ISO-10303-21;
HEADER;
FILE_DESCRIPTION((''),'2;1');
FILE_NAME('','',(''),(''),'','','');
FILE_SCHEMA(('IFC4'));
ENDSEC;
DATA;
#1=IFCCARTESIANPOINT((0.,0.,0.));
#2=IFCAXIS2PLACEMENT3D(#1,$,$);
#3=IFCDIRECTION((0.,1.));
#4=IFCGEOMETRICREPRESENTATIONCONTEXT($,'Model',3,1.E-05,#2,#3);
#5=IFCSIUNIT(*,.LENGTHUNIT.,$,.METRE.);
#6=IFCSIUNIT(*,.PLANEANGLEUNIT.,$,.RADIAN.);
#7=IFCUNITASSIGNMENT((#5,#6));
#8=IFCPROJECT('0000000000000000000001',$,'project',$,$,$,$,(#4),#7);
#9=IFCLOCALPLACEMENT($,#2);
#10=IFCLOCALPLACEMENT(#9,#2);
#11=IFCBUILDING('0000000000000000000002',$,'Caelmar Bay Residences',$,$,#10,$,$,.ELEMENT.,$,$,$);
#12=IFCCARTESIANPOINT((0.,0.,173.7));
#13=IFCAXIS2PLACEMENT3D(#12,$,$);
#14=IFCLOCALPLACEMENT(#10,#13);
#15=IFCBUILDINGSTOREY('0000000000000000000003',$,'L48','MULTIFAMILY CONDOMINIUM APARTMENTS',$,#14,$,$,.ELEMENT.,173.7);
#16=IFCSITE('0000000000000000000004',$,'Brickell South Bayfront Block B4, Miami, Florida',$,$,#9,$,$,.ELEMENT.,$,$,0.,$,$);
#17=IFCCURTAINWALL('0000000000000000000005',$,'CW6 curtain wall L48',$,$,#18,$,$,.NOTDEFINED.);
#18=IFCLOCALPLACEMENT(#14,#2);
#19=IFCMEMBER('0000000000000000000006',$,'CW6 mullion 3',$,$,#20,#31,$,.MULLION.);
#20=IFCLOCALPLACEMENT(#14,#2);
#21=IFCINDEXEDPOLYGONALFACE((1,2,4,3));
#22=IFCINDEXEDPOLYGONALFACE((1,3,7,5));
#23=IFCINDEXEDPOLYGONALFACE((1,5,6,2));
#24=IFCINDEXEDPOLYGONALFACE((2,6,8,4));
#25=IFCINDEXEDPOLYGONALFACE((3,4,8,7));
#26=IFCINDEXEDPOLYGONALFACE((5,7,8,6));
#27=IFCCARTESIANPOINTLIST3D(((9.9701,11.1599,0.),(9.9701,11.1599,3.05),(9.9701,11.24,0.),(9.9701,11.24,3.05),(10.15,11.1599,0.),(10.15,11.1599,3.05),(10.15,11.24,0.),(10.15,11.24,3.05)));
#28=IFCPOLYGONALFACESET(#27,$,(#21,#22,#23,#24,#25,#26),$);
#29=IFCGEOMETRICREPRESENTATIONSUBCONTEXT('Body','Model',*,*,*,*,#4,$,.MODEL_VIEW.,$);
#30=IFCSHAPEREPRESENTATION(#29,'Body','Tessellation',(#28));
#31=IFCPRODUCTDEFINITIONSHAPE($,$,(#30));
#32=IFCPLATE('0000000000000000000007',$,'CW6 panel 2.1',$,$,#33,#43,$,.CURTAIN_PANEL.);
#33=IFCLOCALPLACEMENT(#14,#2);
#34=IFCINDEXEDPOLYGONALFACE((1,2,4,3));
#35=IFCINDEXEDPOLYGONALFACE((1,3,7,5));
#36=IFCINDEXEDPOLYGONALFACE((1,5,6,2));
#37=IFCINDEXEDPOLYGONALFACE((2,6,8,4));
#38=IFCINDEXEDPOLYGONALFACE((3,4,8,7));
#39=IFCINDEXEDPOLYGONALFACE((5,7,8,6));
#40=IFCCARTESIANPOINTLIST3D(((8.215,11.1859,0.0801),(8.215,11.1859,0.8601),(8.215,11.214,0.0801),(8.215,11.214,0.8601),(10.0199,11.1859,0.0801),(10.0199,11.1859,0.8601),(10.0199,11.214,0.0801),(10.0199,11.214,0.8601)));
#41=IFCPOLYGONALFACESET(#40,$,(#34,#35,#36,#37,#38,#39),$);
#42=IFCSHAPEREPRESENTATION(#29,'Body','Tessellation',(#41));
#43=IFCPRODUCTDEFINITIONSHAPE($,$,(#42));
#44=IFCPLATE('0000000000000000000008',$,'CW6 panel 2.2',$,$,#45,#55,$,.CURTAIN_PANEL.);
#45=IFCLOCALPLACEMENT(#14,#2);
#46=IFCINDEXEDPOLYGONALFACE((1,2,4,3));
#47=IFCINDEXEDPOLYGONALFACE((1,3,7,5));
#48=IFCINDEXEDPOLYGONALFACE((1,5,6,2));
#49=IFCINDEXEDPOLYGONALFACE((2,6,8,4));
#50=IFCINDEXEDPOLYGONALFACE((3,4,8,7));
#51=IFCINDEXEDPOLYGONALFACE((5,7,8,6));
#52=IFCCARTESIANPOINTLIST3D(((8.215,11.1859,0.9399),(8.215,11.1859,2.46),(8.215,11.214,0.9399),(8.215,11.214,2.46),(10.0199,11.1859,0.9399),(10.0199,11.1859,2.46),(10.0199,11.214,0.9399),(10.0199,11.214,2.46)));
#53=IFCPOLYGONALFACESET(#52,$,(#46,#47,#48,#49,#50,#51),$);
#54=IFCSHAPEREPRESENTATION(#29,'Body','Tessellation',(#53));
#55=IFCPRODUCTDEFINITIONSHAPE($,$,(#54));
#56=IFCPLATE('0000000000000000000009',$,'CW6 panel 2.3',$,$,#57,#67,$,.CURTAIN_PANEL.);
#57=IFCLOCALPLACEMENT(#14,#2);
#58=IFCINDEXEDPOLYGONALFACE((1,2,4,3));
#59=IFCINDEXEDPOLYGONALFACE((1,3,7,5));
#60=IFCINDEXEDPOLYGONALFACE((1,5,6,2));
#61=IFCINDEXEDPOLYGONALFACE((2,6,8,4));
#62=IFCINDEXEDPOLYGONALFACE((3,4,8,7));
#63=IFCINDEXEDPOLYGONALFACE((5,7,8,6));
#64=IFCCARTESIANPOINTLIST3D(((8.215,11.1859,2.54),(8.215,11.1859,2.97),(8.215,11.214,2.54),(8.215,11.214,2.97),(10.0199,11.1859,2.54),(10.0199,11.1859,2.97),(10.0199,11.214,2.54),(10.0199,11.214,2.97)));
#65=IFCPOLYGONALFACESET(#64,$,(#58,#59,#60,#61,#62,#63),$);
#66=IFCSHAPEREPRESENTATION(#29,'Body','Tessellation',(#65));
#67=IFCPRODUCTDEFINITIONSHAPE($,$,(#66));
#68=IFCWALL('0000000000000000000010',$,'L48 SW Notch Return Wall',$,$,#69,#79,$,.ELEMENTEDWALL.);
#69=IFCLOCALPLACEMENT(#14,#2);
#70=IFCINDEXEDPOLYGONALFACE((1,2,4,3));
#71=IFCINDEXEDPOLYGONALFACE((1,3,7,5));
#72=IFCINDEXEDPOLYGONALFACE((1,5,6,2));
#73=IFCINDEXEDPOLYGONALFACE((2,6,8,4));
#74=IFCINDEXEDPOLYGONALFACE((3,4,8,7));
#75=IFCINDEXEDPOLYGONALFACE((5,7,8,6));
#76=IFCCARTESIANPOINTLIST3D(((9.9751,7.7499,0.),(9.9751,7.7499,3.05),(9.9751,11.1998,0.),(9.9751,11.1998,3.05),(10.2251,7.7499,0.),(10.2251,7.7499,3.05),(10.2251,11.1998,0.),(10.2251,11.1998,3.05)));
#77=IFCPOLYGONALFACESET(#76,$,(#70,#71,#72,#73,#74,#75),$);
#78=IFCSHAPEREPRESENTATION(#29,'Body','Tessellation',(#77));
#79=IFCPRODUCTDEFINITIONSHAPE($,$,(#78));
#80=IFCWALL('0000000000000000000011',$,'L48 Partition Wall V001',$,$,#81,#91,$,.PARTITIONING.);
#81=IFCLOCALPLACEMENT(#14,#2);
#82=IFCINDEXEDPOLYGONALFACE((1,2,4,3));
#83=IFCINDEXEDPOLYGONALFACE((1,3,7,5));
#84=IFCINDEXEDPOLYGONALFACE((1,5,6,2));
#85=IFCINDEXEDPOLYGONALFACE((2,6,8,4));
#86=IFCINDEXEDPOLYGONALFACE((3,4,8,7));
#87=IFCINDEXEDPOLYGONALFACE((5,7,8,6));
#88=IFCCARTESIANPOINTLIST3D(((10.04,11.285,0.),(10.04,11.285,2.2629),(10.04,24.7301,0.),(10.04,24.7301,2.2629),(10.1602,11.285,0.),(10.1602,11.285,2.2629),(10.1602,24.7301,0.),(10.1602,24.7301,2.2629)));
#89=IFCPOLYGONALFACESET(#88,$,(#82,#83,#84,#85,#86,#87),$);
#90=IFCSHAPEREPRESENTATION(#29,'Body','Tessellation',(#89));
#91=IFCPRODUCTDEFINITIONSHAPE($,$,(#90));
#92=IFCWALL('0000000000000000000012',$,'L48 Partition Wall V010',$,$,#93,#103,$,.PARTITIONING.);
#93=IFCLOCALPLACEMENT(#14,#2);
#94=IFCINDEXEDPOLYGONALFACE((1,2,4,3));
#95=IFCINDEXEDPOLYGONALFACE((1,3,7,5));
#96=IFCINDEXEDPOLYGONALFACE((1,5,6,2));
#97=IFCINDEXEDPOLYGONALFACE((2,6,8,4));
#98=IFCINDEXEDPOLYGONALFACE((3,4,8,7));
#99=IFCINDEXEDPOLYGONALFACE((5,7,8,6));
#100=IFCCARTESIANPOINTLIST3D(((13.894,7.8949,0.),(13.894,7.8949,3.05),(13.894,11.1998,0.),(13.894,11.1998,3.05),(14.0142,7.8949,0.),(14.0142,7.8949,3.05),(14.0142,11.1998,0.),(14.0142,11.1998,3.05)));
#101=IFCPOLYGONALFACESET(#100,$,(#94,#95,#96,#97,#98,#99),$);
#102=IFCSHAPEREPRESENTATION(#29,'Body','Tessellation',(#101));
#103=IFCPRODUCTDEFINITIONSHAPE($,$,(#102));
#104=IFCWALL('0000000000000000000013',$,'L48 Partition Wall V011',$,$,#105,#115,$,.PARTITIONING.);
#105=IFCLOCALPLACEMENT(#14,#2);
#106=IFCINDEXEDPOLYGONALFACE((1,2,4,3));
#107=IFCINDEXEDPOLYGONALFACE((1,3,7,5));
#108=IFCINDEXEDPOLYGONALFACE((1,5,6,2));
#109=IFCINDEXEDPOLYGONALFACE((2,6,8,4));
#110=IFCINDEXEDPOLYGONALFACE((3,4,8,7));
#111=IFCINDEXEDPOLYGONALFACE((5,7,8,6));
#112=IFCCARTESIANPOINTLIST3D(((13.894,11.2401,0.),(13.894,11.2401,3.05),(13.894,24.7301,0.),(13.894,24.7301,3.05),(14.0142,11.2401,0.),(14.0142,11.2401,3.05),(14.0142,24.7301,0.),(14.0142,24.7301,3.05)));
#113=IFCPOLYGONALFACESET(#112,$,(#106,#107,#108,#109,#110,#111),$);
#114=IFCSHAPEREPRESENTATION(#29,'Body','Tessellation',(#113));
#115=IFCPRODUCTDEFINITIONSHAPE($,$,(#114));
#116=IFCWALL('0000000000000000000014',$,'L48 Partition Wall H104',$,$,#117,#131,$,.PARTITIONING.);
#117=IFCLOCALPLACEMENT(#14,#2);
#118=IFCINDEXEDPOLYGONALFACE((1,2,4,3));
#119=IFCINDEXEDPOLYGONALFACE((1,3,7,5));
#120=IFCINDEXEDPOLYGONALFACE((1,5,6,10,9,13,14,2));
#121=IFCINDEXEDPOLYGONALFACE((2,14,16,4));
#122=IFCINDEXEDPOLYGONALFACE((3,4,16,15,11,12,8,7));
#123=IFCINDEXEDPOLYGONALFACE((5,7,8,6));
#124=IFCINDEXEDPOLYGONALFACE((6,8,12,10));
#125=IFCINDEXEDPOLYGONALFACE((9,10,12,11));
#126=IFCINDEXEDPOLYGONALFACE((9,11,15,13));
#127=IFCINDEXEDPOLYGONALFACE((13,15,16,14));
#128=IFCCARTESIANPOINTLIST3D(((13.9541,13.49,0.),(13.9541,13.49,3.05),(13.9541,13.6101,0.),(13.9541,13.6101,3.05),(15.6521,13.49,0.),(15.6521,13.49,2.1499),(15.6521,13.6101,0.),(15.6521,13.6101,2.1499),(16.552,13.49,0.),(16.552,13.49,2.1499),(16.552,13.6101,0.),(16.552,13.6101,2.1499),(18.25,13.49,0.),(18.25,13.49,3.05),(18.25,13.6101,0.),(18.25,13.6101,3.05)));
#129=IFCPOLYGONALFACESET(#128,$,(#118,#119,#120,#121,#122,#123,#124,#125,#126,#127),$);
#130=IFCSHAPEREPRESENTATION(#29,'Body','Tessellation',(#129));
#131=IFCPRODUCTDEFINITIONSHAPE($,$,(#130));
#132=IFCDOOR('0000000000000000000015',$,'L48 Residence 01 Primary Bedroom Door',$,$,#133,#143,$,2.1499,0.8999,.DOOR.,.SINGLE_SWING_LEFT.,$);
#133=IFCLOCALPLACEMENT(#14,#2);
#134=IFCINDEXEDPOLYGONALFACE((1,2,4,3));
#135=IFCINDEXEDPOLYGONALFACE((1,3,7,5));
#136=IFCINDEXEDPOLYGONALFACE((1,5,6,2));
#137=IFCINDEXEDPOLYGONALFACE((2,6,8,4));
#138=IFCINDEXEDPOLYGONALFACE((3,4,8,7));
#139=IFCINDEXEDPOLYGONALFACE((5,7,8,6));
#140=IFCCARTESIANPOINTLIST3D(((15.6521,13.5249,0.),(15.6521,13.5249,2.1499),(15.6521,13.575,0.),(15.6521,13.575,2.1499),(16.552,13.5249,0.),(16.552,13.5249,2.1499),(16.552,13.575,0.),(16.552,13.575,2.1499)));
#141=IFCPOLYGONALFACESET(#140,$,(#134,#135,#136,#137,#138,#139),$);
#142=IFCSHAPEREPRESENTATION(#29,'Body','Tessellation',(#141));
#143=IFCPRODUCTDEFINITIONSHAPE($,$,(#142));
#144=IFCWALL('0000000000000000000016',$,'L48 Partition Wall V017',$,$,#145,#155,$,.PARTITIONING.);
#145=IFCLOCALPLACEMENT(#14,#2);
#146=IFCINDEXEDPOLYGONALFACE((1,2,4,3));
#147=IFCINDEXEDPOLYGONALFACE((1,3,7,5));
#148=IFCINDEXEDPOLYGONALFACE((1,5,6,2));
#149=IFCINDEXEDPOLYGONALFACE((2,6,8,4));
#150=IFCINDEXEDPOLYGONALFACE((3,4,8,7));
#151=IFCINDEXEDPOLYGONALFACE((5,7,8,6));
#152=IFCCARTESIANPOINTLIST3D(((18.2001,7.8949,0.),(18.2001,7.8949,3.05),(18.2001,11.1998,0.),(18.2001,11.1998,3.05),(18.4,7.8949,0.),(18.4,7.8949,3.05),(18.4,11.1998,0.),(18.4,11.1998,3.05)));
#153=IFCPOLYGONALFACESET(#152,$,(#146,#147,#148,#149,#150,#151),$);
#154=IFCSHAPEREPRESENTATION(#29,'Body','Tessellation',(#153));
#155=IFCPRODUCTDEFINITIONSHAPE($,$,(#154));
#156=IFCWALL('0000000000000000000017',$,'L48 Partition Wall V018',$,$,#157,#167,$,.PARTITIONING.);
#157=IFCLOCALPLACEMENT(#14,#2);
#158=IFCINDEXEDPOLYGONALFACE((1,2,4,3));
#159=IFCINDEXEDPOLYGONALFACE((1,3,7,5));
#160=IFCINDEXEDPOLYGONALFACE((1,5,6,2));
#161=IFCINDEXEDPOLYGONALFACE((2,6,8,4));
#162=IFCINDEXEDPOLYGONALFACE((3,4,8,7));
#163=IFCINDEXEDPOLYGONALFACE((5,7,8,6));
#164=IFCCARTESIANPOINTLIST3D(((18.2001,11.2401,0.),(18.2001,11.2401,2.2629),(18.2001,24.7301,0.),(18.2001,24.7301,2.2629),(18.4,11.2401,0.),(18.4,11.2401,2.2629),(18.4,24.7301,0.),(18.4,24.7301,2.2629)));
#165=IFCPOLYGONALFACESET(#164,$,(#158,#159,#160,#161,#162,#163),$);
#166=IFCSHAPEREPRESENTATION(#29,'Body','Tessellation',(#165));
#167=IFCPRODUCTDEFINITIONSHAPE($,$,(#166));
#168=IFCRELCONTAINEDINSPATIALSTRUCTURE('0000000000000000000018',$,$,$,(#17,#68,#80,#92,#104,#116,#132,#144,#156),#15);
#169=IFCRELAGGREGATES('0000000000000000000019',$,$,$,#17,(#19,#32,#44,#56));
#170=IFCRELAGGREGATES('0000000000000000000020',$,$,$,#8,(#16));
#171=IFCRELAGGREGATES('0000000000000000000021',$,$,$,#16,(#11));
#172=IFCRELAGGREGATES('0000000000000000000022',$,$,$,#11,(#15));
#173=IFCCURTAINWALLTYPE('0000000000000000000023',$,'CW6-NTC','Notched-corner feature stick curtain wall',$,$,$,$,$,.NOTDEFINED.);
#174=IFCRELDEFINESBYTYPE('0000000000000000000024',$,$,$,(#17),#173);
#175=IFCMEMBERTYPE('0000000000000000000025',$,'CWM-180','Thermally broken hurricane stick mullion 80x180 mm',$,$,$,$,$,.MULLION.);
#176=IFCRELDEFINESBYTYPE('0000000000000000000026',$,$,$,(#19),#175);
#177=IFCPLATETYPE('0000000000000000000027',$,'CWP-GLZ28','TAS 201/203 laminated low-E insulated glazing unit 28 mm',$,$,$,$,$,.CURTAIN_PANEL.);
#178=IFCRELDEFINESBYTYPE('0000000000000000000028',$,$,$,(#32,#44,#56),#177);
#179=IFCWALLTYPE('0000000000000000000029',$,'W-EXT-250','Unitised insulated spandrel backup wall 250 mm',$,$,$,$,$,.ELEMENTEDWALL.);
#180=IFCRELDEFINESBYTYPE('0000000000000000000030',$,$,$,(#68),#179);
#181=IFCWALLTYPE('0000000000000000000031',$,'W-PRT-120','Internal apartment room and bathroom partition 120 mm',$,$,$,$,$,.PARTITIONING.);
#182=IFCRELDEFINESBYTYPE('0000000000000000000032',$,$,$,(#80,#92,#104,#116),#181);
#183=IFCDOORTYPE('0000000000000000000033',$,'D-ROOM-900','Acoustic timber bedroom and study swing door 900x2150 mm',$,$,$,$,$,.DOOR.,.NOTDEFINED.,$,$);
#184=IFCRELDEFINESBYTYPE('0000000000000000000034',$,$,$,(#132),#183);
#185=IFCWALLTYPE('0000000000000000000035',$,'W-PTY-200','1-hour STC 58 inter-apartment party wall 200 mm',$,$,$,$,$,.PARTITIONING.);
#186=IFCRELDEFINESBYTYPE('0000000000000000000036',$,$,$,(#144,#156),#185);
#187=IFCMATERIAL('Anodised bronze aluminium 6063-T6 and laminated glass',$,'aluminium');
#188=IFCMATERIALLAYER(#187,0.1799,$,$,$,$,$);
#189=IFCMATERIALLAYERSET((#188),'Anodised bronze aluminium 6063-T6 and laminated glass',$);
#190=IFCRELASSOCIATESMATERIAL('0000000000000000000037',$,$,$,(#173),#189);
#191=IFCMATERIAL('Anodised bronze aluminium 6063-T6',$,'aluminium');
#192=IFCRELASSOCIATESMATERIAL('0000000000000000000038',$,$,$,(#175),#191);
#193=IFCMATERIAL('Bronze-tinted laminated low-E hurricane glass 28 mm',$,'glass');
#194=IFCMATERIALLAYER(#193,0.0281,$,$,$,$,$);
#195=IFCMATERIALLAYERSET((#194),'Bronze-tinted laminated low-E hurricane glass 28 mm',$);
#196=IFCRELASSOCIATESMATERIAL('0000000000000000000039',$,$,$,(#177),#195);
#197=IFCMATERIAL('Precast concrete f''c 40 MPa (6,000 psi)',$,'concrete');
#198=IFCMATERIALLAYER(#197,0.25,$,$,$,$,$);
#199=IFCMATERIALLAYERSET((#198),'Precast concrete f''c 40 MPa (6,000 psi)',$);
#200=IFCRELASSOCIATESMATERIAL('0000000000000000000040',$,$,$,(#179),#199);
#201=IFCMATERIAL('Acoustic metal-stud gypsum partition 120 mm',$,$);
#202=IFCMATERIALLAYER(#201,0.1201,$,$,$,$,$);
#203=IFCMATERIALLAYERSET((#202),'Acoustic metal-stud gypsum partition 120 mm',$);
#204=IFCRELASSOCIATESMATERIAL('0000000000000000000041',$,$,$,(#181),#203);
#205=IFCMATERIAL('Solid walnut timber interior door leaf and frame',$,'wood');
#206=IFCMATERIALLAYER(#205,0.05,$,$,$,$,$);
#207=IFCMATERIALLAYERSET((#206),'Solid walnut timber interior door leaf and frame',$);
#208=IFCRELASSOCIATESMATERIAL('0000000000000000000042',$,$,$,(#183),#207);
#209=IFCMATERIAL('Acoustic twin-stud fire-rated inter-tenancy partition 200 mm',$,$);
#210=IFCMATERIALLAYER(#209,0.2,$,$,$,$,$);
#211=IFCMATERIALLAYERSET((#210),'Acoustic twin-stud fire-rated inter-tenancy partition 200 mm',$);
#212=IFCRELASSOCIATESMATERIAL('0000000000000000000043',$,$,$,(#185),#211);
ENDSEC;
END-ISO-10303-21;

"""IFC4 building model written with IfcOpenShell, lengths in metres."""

from ifc_helpers import new_model, si_unit, direction, frame, frame_2d, origin, origin_2d, place, context, subcontext, project, spatial, rectangle, extrude, material, layer, layer_set, material_profile, profile_set, type_object, element, fill, aggregate, save


model = new_model("IFC4")

# Units and contexts
model_context = context("Model", 3, precision=1e-05, world=origin(), true_north=direction((0.0, 1.0)))
body_context = subcontext(model_context, "Body", "Model", "MODEL_VIEW")
ifc_project = project(units=[si_unit("LENGTHUNIT", "METRE"), si_unit("PLANEANGLEUNIT", "RADIAN")], contexts=[model_context])

# Site, building, storey
site_placement = place(None, origin())
site = spatial("IfcSite", under=ifc_project, at=site_placement, Name="Brickell South Bayfront Block B4, Miami, Florida", CompositionType="ELEMENT", RefElevation=0.0)
building_placement = place(site_placement, origin())
building = spatial("IfcBuilding", under=site, at=building_placement, Name="Caelmar Bay Residences", CompositionType="ELEMENT")
storey_placement = place(building_placement, frame((0.0, 0.0, 173.7)))
storey = spatial("IfcBuildingStorey", under=building, at=storey_placement, Name="L48", Description="MULTIFAMILY CONDOMINIUM APARTMENTS", CompositionType="ELEMENT", Elevation=173.7)

# Curtain wall, member, plates
ifc_material_1 = material(Name="Anodised bronze aluminium 6063-T6 and laminated glass", Category="aluminium")
ifc_layer_1 = layer(ifc_material_1, 0.1799)
ifc_layer_set_1 = layer_set([ifc_layer_1], Name="Anodised bronze aluminium 6063-T6 and laminated glass")
curtain_wall_type = type_object("IfcCurtainWallType", Name="CW6-NTC", Description="Notched-corner feature stick curtain wall", PredefinedType="NOTDEFINED", material=ifc_layer_set_1)
curtain_wall_placement = place(storey_placement, origin())
curtain_wall = element("IfcCurtainWall", 1, at=curtain_wall_placement, inside=storey, type_object=curtain_wall_type, Name="CW6 curtain wall L48", PredefinedType="NOTDEFINED")
ifc_material_2 = material(Name="Anodised bronze aluminium 6063-T6", Category="aluminium")
ifc_material_profile_1 = material_profile(ifc_material_2, rectangle(XDim=0.0801, YDim=0.1799, at=origin_2d()), Name="CWM-80X180")
ifc_profile_set_1 = profile_set([ifc_material_profile_1], Name="Anodised bronze aluminium 6063-T6")
member_type = type_object("IfcMemberType", Name="CWM-180", Description="Thermally broken hurricane stick mullion 80x180 mm", PredefinedType="MULLION", material=ifc_profile_set_1)
member_placement = place(storey_placement, frame((10.0601, 11.2, 0.0), z_axis=(0.0, 0.0, 1.0), x_axis=(0.0, 1.0, 0.0)))
member = element("IfcMember", 2, at=member_placement, type_object=member_type, Name="CW6 mullion 3", PredefinedType="MULLION", context=body_context, shape_type="SweptSolid", body=[
    extrude(rectangle(XDim=0.0801, YDim=0.1799, at=origin_2d()), origin(), (0.0, 0.0, 1.0), 3.05),
])
ifc_material_3 = material(Name="Bronze-tinted laminated low-E hurricane glass 28 mm", Category="glass")
ifc_layer_2 = layer(ifc_material_3, 0.0281)
ifc_layer_set_2 = layer_set([ifc_layer_2], Name="Bronze-tinted laminated low-E hurricane glass 28 mm")
plate_type = type_object("IfcPlateType", Name="CWP-GLZ28", Description="TAS 201/203 laminated low-E insulated glazing unit 28 mm", PredefinedType="CURTAIN_PANEL", material=ifc_layer_set_2)
plate_1_placement = place(storey_placement, frame((9.1174, 11.2, 0.0801), z_axis=(0.0, 0.0, 1.0), x_axis=(1.0, 0.0, 0.0)))
plate_1 = element("IfcPlate", 3, at=plate_1_placement, type_object=plate_type, Name="CW6 panel 2.1", PredefinedType="CURTAIN_PANEL", context=body_context, shape_type="SweptSolid", body=[
    extrude(rectangle(XDim=1.8049, YDim=0.0281, at=origin_2d()), origin(), (0.0, 0.0, 1.0), 0.78),
])
plate_2_placement = place(storey_placement, frame((9.1174, 11.2, 0.9399), z_axis=(0.0, 0.0, 1.0), x_axis=(1.0, 0.0, 0.0)))
plate_2 = element("IfcPlate", 4, at=plate_2_placement, type_object=plate_type, Name="CW6 panel 2.2", PredefinedType="CURTAIN_PANEL", context=body_context, shape_type="SweptSolid", body=[
    extrude(rectangle(XDim=1.8049, YDim=0.0281, at=origin_2d()), origin(), (0.0, 0.0, 1.0), 1.52),
])
plate_3_placement = place(storey_placement, frame((9.1174, 11.2, 2.54), z_axis=(0.0, 0.0, 1.0), x_axis=(1.0, 0.0, 0.0)))
plate_3 = element("IfcPlate", 5, at=plate_3_placement, type_object=plate_type, Name="CW6 panel 2.3", PredefinedType="CURTAIN_PANEL", context=body_context, shape_type="SweptSolid", body=[
    extrude(rectangle(XDim=1.8049, YDim=0.0281, at=origin_2d()), origin(), (0.0, 0.0, 1.0), 0.4299),
])
aggregate(curtain_wall, [member, plate_1, plate_2, plate_3])

# Walls
ifc_material_4 = material(Name="Precast concrete f'c 40 MPa (6,000 psi)", Category="concrete")
ifc_layer_3 = layer(ifc_material_4, 0.25)
ifc_layer_set_3 = layer_set([ifc_layer_3], Name="Precast concrete f'c 40 MPa (6,000 psi)")
wall_type_1 = type_object("IfcWallType", Name="W-EXT-250", Description="Unitised insulated spandrel backup wall 250 mm", PredefinedType="ELEMENTEDWALL", material=ifc_layer_set_3)
wall_1_placement = place(storey_placement, frame((10.1001, 11.2, 0.0), z_axis=(0.0, 0.0, 1.0), x_axis=(0.0, -1.0, 0.0)))
element("IfcWall", 6, at=wall_1_placement, inside=storey, type_object=wall_type_1, Name="L48 SW Notch Return Wall", PredefinedType="ELEMENTEDWALL", context=body_context, shape_type="SweptSolid", body=[
    extrude(rectangle(XDim=3.45, YDim=0.25, at=frame_2d((1.7251, 0.0))), origin(), (0.0, 0.0, 1.0), 3.05),
])
ifc_material_5 = material(Name="Acoustic metal-stud gypsum partition 120 mm")
ifc_layer_4 = layer(ifc_material_5, 0.1201)
ifc_layer_set_4 = layer_set([ifc_layer_4], Name="Acoustic metal-stud gypsum partition 120 mm")
wall_type_2 = type_object("IfcWallType", Name="W-PRT-120", Description="Internal apartment room and bathroom partition 120 mm", PredefinedType="PARTITIONING", material=ifc_layer_set_4)
wall_2_placement = place(storey_placement, frame((10.1001, 11.2849, 0.0), z_axis=(0.0, 0.0, 1.0), x_axis=(0.0, 1.0, 0.0)))
element("IfcWall", 7, at=wall_2_placement, inside=storey, type_object=wall_type_2, Name="L48 Partition Wall V001", PredefinedType="PARTITIONING", context=body_context, shape_type="SweptSolid", body=[
    extrude(rectangle(XDim=13.4451, YDim=0.1201, at=frame_2d((6.7227, 0.0))), origin(), (0.0, 0.0, 1.0), 2.2629),
])
wall_3_placement = place(storey_placement, frame((13.9541, 7.895, 0.0), z_axis=(0.0, 0.0, 1.0), x_axis=(0.0, 1.0, 0.0)))
element("IfcWall", 8, at=wall_3_placement, inside=storey, type_object=wall_type_2, Name="L48 Partition Wall V010", PredefinedType="PARTITIONING", context=body_context, shape_type="SweptSolid", body=[
    extrude(rectangle(XDim=3.3049, YDim=0.1201, at=frame_2d((1.6523, 0.0))), origin(), (0.0, 0.0, 1.0), 3.05),
])
wall_4_placement = place(storey_placement, frame((13.9541, 11.24, 0.0), z_axis=(0.0, 0.0, 1.0), x_axis=(0.0, 1.0, 0.0)))
element("IfcWall", 9, at=wall_4_placement, inside=storey, type_object=wall_type_2, Name="L48 Partition Wall V011", PredefinedType="PARTITIONING", context=body_context, shape_type="SweptSolid", body=[
    extrude(rectangle(XDim=13.49, YDim=0.1201, at=frame_2d((6.7451, 0.0))), origin(), (0.0, 0.0, 1.0), 3.05),
])

# Wall, opening, door
wall_5_placement = place(storey_placement, frame((13.9541, 13.55, 0.0), z_axis=(0.0, 0.0, 1.0), x_axis=(1.0, 0.0, 0.0)))
wall_5 = element("IfcWall", 10, at=wall_5_placement, inside=storey, type_object=wall_type_2, Name="L48 Partition Wall H104", PredefinedType="PARTITIONING", context=body_context, shape_type="SweptSolid", body=[
    extrude(rectangle(XDim=4.2959, YDim=0.1201, at=frame_2d((2.1479, 0.0))), origin(), (0.0, 0.0, 1.0), 3.05),
])
opening_placement = place(wall_5_placement, frame((1.698, 0.0, 0.0)))
opening = element("IfcOpeningElement", 11, at=opening_placement, cuts=wall_5, PredefinedType="OPENING", context=body_context, shape_type="SweptSolid", body=[
    extrude(rectangle(XDim=0.8999, YDim=2.1499, at=frame_2d((0.45, 1.075))), frame((0.0, 0.0701, 0.0), z_axis=(0.0, -1.0, 0.0), x_axis=(1.0, 0.0, 0.0)), (0.0, 0.0, 1.0), 0.1401),
])
ifc_material_6 = material(Name="Solid walnut timber interior door leaf and frame", Category="wood")
ifc_layer_5 = layer(ifc_material_6, 0.05)
ifc_layer_set_5 = layer_set([ifc_layer_5], Name="Solid walnut timber interior door leaf and frame")
door_type = type_object("IfcDoorType", Name="D-ROOM-900", Description="Acoustic timber bedroom and study swing door 900x2150 mm", OperationType="NOTDEFINED", PredefinedType="DOOR", material=ifc_layer_set_5)
door_placement = place(opening_placement, origin())
door = element("IfcDoor", 12, at=door_placement, inside=storey, type_object=door_type, Name="L48 Residence 01 Primary Bedroom Door", OperationType="SINGLE_SWING_LEFT", OverallHeight=2.1499, OverallWidth=0.8999, PredefinedType="DOOR", context=body_context, shape_type="SweptSolid", body=[
    extrude(rectangle(XDim=0.8999, YDim=2.1499, at=frame_2d((0.45, 1.075))), frame((0.0, 0.0249, 0.0), z_axis=(0.0, -1.0, 0.0), x_axis=(1.0, 0.0, 0.0)), (0.0, 0.0, 1.0), 0.05),
])
fill(opening, door)

# Walls
ifc_material_7 = material(Name="Acoustic twin-stud fire-rated inter-tenancy partition 200 mm")
ifc_layer_6 = layer(ifc_material_7, 0.2)
ifc_layer_set_6 = layer_set([ifc_layer_6], Name="Acoustic twin-stud fire-rated inter-tenancy partition 200 mm")
wall_type_3 = type_object("IfcWallType", Name="W-PTY-200", Description="1-hour STC 58 inter-apartment party wall 200 mm", PredefinedType="PARTITIONING", material=ifc_layer_set_6)
wall_6_placement = place(storey_placement, frame((18.3, 7.895, 0.0), z_axis=(0.0, 0.0, 1.0), x_axis=(0.0, 1.0, 0.0)))
element("IfcWall", 13, at=wall_6_placement, inside=storey, type_object=wall_type_3, Name="L48 Partition Wall V017", PredefinedType="PARTITIONING", context=body_context, shape_type="SweptSolid", body=[
    extrude(rectangle(XDim=3.3049, YDim=0.2, at=frame_2d((1.6523, 0.0))), origin(), (0.0, 0.0, 1.0), 3.05),
])
wall_7_placement = place(storey_placement, frame((18.3, 11.24, 0.0), z_axis=(0.0, 0.0, 1.0), x_axis=(0.0, 1.0, 0.0)))
element("IfcWall", 14, at=wall_7_placement, inside=storey, type_object=wall_type_3, Name="L48 Partition Wall V018", PredefinedType="PARTITIONING", context=body_context, shape_type="SweptSolid", body=[
    extrude(rectangle(XDim=13.49, YDim=0.2, at=frame_2d((6.7451, 0.0))), origin(), (0.0, 0.0, 1.0), 2.2629),
])

save(model, "model.ifc")
